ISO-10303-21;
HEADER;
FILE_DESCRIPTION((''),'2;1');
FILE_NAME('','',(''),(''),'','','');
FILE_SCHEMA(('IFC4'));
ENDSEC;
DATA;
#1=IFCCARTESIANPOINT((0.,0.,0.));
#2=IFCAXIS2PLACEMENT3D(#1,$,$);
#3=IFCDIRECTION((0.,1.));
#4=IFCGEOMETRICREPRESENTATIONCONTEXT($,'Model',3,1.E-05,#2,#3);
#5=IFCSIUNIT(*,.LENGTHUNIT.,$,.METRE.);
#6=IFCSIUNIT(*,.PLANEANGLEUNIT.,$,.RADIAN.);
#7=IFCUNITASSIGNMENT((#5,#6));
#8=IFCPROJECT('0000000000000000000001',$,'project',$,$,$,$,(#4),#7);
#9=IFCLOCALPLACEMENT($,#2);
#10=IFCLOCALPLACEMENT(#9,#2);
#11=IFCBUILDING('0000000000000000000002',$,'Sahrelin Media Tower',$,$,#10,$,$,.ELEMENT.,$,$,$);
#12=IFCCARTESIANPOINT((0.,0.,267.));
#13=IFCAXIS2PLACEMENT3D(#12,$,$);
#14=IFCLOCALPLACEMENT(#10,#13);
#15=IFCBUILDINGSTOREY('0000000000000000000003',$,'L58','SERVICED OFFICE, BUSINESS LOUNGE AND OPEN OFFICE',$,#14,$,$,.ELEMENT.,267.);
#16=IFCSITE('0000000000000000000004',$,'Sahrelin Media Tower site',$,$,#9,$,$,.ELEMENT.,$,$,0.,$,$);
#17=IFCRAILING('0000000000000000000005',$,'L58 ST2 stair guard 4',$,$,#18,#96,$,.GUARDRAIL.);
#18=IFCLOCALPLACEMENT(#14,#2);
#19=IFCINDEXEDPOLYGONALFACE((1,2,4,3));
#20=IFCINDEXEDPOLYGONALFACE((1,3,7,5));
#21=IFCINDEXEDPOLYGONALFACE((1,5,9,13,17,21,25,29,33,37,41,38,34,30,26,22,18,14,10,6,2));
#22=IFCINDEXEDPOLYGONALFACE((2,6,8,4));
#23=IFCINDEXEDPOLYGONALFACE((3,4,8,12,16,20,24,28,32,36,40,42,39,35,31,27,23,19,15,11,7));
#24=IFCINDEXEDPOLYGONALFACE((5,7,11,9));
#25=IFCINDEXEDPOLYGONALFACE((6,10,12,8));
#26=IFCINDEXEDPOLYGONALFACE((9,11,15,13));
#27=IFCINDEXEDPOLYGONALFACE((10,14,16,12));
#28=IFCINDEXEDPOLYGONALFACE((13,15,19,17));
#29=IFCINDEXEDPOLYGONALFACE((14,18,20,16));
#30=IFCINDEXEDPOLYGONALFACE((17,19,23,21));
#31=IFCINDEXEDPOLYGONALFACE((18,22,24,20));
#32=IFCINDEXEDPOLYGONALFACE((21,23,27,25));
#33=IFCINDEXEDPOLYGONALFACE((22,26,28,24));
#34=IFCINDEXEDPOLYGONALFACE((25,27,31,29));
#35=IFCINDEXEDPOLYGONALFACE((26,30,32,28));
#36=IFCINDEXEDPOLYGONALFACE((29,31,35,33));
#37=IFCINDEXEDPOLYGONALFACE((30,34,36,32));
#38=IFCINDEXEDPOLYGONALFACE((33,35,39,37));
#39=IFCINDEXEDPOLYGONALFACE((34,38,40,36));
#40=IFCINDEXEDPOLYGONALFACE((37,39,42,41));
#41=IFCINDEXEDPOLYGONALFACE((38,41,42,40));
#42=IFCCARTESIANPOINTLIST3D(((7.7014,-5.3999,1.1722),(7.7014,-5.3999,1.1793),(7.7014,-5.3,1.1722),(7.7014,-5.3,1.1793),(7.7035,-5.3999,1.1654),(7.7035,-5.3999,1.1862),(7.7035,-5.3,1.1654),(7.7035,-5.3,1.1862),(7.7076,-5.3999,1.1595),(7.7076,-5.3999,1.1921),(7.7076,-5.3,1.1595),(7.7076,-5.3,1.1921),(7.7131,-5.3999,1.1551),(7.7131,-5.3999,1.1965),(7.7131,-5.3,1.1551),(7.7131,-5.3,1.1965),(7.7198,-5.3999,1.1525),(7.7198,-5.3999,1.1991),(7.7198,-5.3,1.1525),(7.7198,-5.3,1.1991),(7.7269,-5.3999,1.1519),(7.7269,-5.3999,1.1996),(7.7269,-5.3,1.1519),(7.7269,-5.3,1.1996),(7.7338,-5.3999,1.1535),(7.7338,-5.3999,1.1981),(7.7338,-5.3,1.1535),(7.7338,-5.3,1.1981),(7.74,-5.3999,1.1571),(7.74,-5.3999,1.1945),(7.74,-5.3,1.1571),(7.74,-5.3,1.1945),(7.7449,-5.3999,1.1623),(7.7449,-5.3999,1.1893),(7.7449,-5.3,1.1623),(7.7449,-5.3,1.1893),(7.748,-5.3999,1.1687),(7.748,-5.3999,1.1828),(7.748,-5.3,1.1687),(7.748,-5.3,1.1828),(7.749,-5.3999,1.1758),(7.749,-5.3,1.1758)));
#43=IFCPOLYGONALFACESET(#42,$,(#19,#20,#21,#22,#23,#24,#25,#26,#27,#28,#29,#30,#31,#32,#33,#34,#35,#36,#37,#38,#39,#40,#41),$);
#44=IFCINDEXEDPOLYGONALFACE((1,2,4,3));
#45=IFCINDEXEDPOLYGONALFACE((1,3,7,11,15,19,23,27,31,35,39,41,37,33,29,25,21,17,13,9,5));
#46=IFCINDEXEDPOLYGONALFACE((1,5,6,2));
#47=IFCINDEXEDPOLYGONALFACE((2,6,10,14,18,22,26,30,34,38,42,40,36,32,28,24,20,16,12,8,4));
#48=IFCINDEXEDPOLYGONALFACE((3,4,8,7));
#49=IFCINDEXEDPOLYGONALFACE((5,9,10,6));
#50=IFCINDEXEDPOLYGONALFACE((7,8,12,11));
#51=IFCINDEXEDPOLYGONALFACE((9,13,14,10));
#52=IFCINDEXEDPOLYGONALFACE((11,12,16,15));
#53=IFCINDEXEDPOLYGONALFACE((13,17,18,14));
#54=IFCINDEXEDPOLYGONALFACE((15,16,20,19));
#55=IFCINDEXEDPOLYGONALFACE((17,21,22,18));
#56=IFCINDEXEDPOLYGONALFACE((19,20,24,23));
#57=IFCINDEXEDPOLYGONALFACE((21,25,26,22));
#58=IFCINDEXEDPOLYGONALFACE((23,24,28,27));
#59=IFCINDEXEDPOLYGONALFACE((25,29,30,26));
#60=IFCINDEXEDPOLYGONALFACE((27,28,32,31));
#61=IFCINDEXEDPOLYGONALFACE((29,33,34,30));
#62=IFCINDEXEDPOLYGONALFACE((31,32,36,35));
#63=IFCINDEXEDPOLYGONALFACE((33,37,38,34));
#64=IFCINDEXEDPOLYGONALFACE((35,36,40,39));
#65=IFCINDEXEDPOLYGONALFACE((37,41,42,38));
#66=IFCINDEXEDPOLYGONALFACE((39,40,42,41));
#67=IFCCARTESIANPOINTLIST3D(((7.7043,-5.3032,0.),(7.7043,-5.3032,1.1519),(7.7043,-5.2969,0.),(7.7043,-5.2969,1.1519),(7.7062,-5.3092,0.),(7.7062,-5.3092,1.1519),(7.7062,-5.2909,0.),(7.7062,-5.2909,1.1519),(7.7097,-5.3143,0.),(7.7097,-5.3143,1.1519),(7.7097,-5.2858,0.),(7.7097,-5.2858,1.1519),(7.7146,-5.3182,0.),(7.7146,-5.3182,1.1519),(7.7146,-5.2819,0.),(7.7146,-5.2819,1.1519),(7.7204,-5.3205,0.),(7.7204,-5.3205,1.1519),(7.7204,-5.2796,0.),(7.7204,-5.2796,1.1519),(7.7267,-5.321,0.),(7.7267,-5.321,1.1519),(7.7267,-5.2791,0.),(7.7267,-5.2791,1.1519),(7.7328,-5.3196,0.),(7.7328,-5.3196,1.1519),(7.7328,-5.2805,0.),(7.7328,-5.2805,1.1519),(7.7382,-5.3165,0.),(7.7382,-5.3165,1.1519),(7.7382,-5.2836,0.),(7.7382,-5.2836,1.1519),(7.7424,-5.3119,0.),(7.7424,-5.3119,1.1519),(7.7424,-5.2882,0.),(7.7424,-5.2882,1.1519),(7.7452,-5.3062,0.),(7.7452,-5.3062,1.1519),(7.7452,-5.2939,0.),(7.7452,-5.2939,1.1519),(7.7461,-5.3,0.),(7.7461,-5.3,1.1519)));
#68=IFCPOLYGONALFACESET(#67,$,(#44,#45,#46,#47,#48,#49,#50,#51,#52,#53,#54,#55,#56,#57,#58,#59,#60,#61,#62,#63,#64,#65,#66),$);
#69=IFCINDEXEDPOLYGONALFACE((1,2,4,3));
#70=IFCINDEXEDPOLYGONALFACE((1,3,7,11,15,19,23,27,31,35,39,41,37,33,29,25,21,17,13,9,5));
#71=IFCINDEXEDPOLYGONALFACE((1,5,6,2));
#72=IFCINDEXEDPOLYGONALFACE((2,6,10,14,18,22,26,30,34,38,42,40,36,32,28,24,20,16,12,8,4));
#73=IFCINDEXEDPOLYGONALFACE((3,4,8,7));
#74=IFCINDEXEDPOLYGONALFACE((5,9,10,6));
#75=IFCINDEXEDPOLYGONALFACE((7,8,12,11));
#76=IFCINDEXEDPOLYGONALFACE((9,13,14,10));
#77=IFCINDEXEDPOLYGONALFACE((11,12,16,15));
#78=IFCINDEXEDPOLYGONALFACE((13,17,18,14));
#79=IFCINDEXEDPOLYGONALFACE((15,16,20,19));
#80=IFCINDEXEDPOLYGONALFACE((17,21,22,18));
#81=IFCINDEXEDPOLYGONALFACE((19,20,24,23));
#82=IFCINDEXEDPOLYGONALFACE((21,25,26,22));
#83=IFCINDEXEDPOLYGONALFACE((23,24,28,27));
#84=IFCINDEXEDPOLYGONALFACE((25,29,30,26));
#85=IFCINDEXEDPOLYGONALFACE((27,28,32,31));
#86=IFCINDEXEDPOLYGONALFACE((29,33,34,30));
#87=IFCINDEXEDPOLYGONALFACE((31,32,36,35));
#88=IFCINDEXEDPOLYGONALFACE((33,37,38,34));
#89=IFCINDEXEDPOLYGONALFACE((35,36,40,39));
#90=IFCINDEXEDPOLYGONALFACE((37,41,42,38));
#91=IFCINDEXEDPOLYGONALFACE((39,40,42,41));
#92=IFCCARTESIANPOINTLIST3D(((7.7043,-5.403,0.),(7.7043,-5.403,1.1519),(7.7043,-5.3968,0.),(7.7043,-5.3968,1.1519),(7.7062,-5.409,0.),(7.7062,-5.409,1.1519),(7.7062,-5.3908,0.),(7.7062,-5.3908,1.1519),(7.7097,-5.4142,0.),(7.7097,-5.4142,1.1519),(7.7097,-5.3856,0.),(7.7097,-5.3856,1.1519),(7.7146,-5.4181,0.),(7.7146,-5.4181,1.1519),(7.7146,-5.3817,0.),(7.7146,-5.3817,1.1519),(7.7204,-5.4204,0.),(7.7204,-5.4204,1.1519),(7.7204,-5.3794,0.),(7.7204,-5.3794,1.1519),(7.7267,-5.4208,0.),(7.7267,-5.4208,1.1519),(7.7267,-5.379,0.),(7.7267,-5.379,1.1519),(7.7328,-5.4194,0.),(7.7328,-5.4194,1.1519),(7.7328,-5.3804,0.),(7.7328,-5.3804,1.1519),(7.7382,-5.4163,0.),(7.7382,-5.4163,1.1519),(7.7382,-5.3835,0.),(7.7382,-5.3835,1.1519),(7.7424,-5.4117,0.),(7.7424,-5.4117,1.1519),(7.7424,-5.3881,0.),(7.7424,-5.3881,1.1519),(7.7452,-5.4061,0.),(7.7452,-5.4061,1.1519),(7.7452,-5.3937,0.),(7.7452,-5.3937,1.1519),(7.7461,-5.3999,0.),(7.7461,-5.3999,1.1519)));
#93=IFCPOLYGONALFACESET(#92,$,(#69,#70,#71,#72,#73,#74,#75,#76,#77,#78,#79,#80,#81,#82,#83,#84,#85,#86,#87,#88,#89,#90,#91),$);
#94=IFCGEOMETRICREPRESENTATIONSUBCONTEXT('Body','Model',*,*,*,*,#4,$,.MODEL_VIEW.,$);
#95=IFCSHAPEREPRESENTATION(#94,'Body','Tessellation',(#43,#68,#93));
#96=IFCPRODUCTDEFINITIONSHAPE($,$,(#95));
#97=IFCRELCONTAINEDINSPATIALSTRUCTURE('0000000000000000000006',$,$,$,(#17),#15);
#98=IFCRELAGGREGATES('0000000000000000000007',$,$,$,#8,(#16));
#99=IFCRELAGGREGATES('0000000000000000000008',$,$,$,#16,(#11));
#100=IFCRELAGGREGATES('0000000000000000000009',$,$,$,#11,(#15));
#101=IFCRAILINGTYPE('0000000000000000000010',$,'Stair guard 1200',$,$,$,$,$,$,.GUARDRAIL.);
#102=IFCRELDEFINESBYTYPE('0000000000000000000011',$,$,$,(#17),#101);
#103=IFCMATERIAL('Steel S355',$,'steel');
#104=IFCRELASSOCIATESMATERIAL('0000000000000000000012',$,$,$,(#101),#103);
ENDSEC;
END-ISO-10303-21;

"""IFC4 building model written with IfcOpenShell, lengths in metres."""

from ifc_helpers import new_model, si_unit, direction, frame, origin, origin_2d, place, context, subcontext, project, spatial, circle, extrude, material, type_object, element, save


model = new_model("IFC4")

# Units and contexts
model_context = context("Model", 3, precision=1e-05, world=origin(), true_north=direction((0.0, 1.0)))
body_context = subcontext(model_context, "Body", "Model", "MODEL_VIEW")
ifc_project = project(units=[si_unit("LENGTHUNIT", "METRE"), si_unit("PLANEANGLEUNIT", "RADIAN")], contexts=[model_context])

# Site, building, storey
site_placement = place(None, origin())
site = spatial("IfcSite", under=ifc_project, at=site_placement, Name="Sahrelin Media Tower site", CompositionType="ELEMENT", RefElevation=0.0)
building_placement = place(site_placement, origin())
building = spatial("IfcBuilding", under=site, at=building_placement, Name="Sahrelin Media Tower", CompositionType="ELEMENT")
storey_placement = place(building_placement, frame((0.0, 0.0, 267.0)))
storey = spatial("IfcBuildingStorey", under=building, at=storey_placement, Name="L58", Description="SERVICED OFFICE, BUSINESS LOUNGE AND OPEN OFFICE", CompositionType="ELEMENT", Elevation=267.0)

# Shared definitions
ifc_material_1 = material(Name="Steel S355", Category="steel")

# Railing
railing_type_1 = type_object("IfcRailingType", Name="Stair guard 1200", PredefinedType="GUARDRAIL", material=ifc_material_1)
railing_1_placement = place(storey_placement, frame((7.7251, -5.3, 0.0)))
element("IfcRailing", 1, at=railing_1_placement, inside=storey, type_object=railing_type_1, Name="L58 ST2 stair guard 4", PredefinedType="GUARDRAIL", context=body_context, shape_type="SweptSolid", body=[
    extrude(circle(Radius=0.0239, at=origin_2d()), frame((0.0, 0.0, 1.1758), z_axis=(0.0, -1.0, 0.0), x_axis=(1.0, 0.0, 0.0)), (0.0, 0.0, 1.0), 0.0999),
    extrude(circle(Radius=0.021, at=origin_2d()), origin(), (0.0, 0.0, 1.0), 1.1519),
    extrude(circle(Radius=0.021, at=origin_2d()), frame((0.0, -0.0999, 0.0)), (0.0, 0.0, 1.0), 1.1519),
])

save(model, "model.ifc")
